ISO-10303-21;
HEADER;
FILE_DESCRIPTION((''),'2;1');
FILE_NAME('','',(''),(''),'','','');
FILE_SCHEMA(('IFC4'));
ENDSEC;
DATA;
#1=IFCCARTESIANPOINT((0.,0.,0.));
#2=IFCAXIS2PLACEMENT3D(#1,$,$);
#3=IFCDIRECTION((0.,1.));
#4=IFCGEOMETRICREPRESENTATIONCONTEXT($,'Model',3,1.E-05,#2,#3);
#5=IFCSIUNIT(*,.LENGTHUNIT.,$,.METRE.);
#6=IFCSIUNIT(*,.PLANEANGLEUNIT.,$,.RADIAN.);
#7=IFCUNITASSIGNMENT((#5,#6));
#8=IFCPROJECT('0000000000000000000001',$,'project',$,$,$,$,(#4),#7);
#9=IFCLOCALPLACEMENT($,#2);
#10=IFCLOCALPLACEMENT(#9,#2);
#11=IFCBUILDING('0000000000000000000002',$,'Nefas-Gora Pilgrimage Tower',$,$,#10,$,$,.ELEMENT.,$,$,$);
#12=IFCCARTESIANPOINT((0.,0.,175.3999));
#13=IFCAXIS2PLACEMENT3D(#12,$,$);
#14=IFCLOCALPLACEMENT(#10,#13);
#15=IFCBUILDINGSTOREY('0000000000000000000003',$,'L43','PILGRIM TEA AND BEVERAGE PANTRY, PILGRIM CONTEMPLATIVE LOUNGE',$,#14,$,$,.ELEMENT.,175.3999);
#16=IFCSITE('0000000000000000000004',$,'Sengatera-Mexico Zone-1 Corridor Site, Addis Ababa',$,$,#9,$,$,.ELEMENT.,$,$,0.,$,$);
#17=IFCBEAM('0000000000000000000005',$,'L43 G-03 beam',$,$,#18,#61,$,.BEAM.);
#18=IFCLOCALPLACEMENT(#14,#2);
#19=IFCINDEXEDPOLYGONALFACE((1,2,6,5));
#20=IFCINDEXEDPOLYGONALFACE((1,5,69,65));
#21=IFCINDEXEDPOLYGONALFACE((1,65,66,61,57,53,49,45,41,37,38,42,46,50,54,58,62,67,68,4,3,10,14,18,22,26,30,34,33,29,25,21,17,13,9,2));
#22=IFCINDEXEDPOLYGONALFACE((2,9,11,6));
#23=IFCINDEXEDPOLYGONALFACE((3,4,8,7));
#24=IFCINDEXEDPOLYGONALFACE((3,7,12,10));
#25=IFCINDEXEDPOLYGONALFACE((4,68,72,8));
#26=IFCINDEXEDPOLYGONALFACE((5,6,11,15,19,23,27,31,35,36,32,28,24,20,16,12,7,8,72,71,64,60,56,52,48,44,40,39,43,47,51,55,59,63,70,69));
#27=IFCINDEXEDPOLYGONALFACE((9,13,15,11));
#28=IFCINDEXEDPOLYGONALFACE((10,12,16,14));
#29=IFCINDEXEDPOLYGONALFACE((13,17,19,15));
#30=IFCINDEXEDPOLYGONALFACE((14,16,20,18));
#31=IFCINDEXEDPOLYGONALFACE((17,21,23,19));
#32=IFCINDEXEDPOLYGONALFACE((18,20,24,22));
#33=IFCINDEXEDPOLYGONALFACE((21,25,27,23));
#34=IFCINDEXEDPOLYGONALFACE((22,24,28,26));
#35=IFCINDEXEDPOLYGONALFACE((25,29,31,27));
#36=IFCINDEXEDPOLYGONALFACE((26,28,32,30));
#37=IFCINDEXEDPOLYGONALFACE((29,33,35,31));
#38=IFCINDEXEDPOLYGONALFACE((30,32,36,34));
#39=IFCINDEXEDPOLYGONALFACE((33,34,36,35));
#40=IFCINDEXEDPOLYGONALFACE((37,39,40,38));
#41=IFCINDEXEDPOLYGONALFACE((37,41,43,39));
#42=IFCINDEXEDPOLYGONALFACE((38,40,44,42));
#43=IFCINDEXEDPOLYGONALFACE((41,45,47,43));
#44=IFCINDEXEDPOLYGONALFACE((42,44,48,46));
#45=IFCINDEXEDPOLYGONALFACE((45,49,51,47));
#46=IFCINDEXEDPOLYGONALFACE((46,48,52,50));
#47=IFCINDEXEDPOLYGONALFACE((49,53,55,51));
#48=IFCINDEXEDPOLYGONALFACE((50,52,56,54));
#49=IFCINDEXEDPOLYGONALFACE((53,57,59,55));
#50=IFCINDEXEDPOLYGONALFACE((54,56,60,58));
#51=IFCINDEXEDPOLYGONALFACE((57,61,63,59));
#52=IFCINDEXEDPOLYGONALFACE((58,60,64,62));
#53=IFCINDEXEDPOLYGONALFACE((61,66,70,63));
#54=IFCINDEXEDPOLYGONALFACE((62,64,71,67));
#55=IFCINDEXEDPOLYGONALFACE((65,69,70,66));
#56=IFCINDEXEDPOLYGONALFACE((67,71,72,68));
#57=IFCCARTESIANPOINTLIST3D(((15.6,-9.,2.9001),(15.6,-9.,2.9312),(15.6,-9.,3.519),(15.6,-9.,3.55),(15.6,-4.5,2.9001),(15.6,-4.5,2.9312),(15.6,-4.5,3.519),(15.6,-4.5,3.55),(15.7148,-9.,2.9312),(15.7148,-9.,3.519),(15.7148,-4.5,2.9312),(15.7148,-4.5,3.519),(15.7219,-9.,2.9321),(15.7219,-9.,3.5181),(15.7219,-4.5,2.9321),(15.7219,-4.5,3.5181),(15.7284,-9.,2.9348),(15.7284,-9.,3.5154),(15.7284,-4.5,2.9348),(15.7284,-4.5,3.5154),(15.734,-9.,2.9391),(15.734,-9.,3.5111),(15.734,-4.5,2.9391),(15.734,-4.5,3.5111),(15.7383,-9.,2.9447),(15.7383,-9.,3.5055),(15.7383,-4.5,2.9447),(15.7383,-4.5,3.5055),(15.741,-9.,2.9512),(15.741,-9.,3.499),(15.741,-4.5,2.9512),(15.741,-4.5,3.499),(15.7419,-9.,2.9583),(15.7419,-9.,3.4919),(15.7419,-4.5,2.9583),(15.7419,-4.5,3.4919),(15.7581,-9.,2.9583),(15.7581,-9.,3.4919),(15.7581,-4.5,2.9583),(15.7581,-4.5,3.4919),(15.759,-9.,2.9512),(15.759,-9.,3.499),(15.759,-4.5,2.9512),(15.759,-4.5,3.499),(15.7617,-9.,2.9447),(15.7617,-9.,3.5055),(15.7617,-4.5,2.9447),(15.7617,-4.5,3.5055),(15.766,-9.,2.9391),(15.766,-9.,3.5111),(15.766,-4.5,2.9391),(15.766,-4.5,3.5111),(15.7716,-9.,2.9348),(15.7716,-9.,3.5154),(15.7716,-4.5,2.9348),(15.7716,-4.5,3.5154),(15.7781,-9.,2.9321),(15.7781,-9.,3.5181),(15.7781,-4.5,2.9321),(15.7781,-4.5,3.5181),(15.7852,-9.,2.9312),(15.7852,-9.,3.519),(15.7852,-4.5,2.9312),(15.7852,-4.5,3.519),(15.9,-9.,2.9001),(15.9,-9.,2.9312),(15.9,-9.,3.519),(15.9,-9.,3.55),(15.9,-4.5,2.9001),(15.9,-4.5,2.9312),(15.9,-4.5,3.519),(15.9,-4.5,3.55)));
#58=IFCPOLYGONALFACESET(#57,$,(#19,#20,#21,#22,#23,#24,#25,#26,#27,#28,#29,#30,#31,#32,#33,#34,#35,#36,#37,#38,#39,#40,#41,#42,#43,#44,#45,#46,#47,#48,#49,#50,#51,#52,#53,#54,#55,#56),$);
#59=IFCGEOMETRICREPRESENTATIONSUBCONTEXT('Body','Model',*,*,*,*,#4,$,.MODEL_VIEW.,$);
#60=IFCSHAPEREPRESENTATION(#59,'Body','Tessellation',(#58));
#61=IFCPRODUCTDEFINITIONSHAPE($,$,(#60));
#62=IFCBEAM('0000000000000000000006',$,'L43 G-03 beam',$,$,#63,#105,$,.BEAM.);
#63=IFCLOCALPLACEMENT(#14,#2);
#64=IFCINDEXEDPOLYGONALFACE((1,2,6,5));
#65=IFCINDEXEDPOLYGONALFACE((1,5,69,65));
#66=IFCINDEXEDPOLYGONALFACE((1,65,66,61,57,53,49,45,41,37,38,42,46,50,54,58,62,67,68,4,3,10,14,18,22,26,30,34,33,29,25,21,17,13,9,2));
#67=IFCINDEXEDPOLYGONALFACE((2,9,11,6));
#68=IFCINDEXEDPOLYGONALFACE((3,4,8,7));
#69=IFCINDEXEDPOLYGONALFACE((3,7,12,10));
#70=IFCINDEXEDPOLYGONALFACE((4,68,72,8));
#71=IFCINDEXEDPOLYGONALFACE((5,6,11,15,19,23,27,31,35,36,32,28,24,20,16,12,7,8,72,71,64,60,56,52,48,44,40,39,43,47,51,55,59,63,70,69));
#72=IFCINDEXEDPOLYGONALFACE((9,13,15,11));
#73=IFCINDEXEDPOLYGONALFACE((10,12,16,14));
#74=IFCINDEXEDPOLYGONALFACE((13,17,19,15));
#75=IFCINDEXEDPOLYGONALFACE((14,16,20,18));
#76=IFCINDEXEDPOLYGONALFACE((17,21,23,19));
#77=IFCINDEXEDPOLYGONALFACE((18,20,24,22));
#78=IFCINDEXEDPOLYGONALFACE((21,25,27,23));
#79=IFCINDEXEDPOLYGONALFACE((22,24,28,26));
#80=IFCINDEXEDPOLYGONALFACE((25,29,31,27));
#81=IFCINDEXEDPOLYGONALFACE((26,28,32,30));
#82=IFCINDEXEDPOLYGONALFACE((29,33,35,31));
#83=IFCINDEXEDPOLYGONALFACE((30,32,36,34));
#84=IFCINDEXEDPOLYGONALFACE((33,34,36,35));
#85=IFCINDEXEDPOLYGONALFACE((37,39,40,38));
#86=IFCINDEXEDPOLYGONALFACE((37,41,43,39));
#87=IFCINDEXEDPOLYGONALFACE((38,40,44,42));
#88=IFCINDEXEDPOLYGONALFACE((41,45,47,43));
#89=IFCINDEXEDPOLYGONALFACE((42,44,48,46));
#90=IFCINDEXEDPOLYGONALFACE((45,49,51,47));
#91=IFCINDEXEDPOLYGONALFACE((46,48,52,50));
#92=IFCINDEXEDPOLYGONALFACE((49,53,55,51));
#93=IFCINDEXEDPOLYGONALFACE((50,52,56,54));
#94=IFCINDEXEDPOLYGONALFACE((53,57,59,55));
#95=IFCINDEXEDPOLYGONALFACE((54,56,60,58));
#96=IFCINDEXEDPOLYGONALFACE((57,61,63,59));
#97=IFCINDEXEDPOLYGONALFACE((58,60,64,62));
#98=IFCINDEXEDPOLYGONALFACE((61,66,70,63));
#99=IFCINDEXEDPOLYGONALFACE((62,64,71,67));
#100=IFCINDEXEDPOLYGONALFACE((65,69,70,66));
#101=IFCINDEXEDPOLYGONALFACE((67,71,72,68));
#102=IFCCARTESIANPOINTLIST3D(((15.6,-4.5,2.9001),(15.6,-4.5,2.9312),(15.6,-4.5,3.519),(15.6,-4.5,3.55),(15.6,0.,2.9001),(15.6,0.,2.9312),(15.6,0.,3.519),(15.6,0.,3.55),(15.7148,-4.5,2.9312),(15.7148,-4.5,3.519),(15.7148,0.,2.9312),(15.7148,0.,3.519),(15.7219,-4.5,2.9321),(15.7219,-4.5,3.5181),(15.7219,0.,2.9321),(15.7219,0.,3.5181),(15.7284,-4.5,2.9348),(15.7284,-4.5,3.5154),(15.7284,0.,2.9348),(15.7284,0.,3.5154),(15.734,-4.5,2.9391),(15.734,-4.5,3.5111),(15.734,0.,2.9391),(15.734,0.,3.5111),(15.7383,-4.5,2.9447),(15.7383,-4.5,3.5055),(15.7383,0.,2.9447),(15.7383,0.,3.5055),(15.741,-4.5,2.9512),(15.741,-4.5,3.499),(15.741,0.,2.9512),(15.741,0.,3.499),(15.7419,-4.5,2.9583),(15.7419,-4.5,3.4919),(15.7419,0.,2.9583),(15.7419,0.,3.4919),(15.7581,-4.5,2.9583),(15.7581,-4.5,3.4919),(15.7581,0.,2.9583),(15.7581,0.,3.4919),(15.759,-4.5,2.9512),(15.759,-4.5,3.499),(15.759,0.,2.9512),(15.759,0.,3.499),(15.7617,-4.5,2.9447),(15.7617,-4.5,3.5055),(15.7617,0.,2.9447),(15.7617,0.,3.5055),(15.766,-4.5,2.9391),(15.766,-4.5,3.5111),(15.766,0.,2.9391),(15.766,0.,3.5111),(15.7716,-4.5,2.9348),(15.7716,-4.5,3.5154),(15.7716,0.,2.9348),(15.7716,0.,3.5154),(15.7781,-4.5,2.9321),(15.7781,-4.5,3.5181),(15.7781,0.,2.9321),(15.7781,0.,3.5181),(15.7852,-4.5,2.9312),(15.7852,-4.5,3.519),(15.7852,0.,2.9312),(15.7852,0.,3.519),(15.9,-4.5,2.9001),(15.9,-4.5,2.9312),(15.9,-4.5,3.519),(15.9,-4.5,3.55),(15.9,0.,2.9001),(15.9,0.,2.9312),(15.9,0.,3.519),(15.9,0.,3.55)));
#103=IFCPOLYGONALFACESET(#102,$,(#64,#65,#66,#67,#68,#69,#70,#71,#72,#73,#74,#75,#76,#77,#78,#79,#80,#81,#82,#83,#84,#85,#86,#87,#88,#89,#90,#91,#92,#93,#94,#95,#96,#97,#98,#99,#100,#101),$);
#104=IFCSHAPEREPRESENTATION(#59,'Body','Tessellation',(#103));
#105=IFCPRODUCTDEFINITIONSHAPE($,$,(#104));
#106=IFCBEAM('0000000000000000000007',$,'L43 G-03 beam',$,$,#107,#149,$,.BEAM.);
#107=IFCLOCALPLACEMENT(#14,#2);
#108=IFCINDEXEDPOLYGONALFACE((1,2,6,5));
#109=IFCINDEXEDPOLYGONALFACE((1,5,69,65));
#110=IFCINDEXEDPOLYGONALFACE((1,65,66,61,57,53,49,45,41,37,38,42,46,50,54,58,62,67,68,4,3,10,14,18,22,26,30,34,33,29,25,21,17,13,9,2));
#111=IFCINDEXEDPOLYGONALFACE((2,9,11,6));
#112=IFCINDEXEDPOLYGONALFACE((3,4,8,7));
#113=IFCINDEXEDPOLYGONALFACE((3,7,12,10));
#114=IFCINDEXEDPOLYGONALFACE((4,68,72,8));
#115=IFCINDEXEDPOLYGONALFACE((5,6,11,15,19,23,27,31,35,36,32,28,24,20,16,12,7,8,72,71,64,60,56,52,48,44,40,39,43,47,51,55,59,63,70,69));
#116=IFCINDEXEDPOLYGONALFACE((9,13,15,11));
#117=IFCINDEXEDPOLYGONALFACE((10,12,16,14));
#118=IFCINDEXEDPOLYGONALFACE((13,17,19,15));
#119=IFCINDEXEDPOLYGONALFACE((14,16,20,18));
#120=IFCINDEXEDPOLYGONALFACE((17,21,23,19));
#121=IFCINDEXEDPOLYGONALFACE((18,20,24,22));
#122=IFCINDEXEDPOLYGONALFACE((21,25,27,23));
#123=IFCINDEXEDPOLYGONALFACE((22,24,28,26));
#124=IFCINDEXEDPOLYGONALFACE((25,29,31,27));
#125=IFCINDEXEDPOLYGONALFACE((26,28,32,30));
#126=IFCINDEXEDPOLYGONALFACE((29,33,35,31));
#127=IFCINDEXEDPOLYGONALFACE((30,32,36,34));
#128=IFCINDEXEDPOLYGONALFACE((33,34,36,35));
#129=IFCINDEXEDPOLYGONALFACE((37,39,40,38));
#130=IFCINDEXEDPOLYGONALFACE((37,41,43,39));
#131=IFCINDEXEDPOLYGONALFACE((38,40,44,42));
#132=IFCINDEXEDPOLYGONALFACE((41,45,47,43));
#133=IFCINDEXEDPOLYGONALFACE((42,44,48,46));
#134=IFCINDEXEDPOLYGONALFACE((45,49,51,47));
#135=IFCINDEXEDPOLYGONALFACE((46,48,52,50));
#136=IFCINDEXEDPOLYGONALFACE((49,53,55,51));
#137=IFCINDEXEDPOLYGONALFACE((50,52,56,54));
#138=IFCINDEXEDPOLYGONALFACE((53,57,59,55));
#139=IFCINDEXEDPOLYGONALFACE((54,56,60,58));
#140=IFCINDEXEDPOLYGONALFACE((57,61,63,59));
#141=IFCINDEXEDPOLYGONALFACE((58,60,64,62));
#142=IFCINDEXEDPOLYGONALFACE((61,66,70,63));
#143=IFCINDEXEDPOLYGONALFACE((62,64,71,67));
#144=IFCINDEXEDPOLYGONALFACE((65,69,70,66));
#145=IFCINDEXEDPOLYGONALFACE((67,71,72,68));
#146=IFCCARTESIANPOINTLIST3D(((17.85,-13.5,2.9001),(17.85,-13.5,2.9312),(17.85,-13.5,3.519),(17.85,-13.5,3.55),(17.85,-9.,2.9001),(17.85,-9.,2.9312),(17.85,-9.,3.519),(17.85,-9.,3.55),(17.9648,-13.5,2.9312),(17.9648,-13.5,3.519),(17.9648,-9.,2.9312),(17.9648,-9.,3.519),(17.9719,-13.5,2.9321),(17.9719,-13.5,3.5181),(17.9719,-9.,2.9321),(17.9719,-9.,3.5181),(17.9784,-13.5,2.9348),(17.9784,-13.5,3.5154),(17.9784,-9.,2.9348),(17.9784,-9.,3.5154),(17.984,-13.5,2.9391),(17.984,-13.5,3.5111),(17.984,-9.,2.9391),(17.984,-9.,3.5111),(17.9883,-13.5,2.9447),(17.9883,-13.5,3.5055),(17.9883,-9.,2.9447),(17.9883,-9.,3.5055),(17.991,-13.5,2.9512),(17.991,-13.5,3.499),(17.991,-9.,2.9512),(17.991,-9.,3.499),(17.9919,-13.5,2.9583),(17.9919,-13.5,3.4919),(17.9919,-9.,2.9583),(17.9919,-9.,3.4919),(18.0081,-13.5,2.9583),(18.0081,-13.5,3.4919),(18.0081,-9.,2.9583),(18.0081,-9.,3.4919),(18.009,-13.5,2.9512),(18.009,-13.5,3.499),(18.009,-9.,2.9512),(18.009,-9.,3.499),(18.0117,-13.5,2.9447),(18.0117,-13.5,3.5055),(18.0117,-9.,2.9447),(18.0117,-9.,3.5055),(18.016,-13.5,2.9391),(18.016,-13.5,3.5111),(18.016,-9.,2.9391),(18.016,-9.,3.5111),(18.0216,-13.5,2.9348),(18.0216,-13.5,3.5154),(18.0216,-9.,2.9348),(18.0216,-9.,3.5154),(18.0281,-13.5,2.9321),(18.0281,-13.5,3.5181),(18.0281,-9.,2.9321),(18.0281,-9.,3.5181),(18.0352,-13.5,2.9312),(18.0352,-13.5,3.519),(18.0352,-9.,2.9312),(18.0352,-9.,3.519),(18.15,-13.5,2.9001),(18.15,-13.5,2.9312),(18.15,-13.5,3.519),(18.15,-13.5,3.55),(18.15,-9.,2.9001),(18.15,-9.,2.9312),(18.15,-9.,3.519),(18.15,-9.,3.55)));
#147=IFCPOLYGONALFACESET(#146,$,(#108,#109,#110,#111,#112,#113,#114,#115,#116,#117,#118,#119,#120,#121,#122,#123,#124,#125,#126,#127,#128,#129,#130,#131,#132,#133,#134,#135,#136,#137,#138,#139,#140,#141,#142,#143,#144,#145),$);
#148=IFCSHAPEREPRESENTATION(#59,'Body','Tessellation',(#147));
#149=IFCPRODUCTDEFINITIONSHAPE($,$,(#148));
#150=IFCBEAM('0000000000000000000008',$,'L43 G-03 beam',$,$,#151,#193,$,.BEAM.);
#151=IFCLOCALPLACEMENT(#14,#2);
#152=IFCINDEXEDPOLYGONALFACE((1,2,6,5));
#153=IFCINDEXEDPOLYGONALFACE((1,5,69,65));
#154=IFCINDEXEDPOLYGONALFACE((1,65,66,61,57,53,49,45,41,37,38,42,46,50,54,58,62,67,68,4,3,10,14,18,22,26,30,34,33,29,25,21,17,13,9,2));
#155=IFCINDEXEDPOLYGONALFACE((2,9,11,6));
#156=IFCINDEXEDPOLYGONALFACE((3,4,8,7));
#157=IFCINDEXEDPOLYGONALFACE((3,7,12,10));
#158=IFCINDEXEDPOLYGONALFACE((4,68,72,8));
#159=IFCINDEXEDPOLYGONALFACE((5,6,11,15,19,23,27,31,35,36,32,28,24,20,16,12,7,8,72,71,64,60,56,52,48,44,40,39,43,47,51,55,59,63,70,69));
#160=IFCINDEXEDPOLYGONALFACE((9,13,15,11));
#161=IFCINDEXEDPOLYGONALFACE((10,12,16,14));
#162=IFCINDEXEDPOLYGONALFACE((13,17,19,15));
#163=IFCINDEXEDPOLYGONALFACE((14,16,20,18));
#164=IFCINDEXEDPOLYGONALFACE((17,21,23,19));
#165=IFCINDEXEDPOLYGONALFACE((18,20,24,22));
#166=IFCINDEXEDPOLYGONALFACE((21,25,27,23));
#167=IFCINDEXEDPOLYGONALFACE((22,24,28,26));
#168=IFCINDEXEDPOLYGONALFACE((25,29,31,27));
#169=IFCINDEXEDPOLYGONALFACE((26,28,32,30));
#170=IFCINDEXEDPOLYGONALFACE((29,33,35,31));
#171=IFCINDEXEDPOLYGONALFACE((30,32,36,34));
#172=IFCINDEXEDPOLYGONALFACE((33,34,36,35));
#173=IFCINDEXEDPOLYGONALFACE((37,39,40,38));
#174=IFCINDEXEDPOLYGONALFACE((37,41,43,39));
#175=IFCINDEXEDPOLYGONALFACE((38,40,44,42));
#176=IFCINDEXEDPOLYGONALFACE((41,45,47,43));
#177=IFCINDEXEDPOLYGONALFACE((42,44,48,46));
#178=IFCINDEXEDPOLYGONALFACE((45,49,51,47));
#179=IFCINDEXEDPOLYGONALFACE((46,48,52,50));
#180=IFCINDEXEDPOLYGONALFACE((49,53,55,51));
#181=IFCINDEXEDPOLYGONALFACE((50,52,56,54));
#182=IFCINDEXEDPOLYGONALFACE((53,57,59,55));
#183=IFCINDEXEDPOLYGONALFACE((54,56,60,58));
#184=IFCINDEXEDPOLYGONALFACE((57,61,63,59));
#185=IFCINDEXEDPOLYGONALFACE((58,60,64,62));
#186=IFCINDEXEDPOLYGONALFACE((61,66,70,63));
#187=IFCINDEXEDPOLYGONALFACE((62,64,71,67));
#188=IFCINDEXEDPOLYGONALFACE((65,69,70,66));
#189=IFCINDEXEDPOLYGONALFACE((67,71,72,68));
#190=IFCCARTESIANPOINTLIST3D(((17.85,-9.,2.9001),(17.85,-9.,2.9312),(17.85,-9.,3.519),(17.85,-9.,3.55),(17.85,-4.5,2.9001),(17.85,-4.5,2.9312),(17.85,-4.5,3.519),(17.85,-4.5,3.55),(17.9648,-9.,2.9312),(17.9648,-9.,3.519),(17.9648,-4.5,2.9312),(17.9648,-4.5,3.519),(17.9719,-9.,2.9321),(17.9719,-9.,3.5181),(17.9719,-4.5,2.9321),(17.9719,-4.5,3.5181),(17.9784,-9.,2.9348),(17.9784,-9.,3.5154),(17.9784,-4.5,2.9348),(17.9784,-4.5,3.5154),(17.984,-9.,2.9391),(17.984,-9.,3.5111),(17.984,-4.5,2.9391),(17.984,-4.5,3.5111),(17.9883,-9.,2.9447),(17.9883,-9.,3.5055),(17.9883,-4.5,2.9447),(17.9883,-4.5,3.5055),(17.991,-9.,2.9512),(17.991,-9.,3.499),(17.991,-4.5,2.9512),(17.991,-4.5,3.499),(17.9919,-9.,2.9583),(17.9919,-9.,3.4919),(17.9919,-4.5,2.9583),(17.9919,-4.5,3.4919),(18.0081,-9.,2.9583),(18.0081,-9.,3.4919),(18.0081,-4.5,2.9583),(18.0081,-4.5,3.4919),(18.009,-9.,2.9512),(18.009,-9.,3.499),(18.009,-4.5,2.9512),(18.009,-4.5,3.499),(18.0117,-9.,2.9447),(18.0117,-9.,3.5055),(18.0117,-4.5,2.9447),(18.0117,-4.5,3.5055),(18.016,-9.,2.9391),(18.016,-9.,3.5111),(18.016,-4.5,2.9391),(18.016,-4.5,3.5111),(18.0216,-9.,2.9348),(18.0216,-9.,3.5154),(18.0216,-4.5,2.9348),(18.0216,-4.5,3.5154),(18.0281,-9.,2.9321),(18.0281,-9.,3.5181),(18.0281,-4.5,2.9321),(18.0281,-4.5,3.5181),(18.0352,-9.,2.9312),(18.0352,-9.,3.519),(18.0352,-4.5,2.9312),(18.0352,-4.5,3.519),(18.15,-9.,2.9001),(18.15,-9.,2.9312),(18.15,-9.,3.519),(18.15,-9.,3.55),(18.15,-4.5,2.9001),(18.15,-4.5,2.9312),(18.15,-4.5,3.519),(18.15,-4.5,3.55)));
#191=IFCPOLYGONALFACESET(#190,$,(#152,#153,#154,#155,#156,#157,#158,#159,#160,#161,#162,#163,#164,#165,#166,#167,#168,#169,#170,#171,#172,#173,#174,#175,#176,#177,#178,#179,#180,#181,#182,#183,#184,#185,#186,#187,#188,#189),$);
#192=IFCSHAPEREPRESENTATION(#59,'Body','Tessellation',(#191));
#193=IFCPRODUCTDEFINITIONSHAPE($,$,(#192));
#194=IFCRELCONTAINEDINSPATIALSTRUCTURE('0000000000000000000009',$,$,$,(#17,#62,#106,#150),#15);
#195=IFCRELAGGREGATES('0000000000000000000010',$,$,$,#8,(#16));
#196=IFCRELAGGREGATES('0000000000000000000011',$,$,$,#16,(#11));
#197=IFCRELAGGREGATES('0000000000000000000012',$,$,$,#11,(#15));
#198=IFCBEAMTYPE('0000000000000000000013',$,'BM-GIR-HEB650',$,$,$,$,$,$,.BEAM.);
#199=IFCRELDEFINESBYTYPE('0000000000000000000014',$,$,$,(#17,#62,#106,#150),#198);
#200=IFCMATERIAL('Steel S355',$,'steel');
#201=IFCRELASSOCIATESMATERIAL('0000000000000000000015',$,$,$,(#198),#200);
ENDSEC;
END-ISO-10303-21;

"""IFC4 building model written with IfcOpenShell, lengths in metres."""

from ifc_helpers import new_model, si_unit, direction, frame, origin, origin_2d, place, context, subcontext, project, spatial, i_section, extrude, source, transform, mapped, material, material_profile, profile_set, type_object, element, save


model = new_model("IFC4")

# Units and contexts
model_context = context("Model", 3, precision=1e-05, world=origin(), true_north=direction((0.0, 1.0)))
body_context = subcontext(model_context, "Body", "Model", "MODEL_VIEW")
ifc_project = project(units=[si_unit("LENGTHUNIT", "METRE"), si_unit("PLANEANGLEUNIT", "RADIAN")], contexts=[model_context])

# Site, building, storey
site_placement = place(None, origin())
site = spatial("IfcSite", under=ifc_project, at=site_placement, Name="Sengatera-Mexico Zone-1 Corridor Site, Addis Ababa", CompositionType="ELEMENT", RefElevation=0.0)
building_placement = place(site_placement, origin())
building = spatial("IfcBuilding", under=site, at=building_placement, Name="Nefas-Gora Pilgrimage Tower", CompositionType="ELEMENT")
storey_placement = place(building_placement, frame((0.0, 0.0, 175.3999)))
storey = spatial("IfcBuildingStorey", under=building, at=storey_placement, Name="L43", Description="PILGRIM TEA AND BEVERAGE PANTRY, PILGRIM CONTEMPLATIVE LOUNGE", CompositionType="ELEMENT", Elevation=175.3999)

# Beams
ifc_material_1 = material(Name="Steel S355", Category="steel")
ifc_material_profile_1 = material_profile(ifc_material_1, i_section(OverallWidth=0.3, OverallDepth=0.6499, WebThickness=0.0161, FlangeThickness=0.031, FilletRadius=0.0271, at=origin_2d()), Name="HEB 650")
ifc_profile_set_1 = profile_set([ifc_material_profile_1], Name="Steel S355")
beam_type_1 = type_object("IfcBeamType", Name="BM-GIR-HEB650", PredefinedType="BEAM", material=ifc_profile_set_1)
shared_shape_1 = source(origin(), body_context, "Body", "SweptSolid", [
    extrude(i_section(OverallWidth=0.3, OverallDepth=0.6499, WebThickness=0.0161, FlangeThickness=0.031, FilletRadius=0.0271, at=origin_2d()), origin(), (0.0, 0.0, 1.0), 4.5),
])
for number, where, z_axis, x_axis, name in (
    (1, (15.75, -9.0, 3.2251), (0.0, 1.0, 0.0), (-1.0, 0.0, 0.0), "L43 G-03 beam"),
    (2, (15.75, -4.5, 3.2251), (0.0, 1.0, 0.0), (-1.0, 0.0, 0.0), "L43 G-03 beam"),
    (3, (18.0, -13.5, 3.2251), (0.0, 1.0, 0.0), (-1.0, 0.0, 0.0), "L43 G-03 beam"),
    (4, (18.0, -9.0, 3.2251), (0.0, 1.0, 0.0), (-1.0, 0.0, 0.0), "L43 G-03 beam"),
):
    element("IfcBeam", number, at=place(storey_placement, frame(where, z_axis=z_axis, x_axis=x_axis)), inside=storey, type_object=beam_type_1, Name=name, PredefinedType="BEAM", context=body_context, shape_type="MappedRepresentation", body=[
        mapped(shared_shape_1, transform((0.0, 0.0, 0.0), x_axis=(1.0, 0.0, 0.0), y_axis=(0.0, 1.0, 0.0), z_axis=(0.0, 0.0, 1.0), scale=1.0)),
    ])

save(model, "model.ifc")
